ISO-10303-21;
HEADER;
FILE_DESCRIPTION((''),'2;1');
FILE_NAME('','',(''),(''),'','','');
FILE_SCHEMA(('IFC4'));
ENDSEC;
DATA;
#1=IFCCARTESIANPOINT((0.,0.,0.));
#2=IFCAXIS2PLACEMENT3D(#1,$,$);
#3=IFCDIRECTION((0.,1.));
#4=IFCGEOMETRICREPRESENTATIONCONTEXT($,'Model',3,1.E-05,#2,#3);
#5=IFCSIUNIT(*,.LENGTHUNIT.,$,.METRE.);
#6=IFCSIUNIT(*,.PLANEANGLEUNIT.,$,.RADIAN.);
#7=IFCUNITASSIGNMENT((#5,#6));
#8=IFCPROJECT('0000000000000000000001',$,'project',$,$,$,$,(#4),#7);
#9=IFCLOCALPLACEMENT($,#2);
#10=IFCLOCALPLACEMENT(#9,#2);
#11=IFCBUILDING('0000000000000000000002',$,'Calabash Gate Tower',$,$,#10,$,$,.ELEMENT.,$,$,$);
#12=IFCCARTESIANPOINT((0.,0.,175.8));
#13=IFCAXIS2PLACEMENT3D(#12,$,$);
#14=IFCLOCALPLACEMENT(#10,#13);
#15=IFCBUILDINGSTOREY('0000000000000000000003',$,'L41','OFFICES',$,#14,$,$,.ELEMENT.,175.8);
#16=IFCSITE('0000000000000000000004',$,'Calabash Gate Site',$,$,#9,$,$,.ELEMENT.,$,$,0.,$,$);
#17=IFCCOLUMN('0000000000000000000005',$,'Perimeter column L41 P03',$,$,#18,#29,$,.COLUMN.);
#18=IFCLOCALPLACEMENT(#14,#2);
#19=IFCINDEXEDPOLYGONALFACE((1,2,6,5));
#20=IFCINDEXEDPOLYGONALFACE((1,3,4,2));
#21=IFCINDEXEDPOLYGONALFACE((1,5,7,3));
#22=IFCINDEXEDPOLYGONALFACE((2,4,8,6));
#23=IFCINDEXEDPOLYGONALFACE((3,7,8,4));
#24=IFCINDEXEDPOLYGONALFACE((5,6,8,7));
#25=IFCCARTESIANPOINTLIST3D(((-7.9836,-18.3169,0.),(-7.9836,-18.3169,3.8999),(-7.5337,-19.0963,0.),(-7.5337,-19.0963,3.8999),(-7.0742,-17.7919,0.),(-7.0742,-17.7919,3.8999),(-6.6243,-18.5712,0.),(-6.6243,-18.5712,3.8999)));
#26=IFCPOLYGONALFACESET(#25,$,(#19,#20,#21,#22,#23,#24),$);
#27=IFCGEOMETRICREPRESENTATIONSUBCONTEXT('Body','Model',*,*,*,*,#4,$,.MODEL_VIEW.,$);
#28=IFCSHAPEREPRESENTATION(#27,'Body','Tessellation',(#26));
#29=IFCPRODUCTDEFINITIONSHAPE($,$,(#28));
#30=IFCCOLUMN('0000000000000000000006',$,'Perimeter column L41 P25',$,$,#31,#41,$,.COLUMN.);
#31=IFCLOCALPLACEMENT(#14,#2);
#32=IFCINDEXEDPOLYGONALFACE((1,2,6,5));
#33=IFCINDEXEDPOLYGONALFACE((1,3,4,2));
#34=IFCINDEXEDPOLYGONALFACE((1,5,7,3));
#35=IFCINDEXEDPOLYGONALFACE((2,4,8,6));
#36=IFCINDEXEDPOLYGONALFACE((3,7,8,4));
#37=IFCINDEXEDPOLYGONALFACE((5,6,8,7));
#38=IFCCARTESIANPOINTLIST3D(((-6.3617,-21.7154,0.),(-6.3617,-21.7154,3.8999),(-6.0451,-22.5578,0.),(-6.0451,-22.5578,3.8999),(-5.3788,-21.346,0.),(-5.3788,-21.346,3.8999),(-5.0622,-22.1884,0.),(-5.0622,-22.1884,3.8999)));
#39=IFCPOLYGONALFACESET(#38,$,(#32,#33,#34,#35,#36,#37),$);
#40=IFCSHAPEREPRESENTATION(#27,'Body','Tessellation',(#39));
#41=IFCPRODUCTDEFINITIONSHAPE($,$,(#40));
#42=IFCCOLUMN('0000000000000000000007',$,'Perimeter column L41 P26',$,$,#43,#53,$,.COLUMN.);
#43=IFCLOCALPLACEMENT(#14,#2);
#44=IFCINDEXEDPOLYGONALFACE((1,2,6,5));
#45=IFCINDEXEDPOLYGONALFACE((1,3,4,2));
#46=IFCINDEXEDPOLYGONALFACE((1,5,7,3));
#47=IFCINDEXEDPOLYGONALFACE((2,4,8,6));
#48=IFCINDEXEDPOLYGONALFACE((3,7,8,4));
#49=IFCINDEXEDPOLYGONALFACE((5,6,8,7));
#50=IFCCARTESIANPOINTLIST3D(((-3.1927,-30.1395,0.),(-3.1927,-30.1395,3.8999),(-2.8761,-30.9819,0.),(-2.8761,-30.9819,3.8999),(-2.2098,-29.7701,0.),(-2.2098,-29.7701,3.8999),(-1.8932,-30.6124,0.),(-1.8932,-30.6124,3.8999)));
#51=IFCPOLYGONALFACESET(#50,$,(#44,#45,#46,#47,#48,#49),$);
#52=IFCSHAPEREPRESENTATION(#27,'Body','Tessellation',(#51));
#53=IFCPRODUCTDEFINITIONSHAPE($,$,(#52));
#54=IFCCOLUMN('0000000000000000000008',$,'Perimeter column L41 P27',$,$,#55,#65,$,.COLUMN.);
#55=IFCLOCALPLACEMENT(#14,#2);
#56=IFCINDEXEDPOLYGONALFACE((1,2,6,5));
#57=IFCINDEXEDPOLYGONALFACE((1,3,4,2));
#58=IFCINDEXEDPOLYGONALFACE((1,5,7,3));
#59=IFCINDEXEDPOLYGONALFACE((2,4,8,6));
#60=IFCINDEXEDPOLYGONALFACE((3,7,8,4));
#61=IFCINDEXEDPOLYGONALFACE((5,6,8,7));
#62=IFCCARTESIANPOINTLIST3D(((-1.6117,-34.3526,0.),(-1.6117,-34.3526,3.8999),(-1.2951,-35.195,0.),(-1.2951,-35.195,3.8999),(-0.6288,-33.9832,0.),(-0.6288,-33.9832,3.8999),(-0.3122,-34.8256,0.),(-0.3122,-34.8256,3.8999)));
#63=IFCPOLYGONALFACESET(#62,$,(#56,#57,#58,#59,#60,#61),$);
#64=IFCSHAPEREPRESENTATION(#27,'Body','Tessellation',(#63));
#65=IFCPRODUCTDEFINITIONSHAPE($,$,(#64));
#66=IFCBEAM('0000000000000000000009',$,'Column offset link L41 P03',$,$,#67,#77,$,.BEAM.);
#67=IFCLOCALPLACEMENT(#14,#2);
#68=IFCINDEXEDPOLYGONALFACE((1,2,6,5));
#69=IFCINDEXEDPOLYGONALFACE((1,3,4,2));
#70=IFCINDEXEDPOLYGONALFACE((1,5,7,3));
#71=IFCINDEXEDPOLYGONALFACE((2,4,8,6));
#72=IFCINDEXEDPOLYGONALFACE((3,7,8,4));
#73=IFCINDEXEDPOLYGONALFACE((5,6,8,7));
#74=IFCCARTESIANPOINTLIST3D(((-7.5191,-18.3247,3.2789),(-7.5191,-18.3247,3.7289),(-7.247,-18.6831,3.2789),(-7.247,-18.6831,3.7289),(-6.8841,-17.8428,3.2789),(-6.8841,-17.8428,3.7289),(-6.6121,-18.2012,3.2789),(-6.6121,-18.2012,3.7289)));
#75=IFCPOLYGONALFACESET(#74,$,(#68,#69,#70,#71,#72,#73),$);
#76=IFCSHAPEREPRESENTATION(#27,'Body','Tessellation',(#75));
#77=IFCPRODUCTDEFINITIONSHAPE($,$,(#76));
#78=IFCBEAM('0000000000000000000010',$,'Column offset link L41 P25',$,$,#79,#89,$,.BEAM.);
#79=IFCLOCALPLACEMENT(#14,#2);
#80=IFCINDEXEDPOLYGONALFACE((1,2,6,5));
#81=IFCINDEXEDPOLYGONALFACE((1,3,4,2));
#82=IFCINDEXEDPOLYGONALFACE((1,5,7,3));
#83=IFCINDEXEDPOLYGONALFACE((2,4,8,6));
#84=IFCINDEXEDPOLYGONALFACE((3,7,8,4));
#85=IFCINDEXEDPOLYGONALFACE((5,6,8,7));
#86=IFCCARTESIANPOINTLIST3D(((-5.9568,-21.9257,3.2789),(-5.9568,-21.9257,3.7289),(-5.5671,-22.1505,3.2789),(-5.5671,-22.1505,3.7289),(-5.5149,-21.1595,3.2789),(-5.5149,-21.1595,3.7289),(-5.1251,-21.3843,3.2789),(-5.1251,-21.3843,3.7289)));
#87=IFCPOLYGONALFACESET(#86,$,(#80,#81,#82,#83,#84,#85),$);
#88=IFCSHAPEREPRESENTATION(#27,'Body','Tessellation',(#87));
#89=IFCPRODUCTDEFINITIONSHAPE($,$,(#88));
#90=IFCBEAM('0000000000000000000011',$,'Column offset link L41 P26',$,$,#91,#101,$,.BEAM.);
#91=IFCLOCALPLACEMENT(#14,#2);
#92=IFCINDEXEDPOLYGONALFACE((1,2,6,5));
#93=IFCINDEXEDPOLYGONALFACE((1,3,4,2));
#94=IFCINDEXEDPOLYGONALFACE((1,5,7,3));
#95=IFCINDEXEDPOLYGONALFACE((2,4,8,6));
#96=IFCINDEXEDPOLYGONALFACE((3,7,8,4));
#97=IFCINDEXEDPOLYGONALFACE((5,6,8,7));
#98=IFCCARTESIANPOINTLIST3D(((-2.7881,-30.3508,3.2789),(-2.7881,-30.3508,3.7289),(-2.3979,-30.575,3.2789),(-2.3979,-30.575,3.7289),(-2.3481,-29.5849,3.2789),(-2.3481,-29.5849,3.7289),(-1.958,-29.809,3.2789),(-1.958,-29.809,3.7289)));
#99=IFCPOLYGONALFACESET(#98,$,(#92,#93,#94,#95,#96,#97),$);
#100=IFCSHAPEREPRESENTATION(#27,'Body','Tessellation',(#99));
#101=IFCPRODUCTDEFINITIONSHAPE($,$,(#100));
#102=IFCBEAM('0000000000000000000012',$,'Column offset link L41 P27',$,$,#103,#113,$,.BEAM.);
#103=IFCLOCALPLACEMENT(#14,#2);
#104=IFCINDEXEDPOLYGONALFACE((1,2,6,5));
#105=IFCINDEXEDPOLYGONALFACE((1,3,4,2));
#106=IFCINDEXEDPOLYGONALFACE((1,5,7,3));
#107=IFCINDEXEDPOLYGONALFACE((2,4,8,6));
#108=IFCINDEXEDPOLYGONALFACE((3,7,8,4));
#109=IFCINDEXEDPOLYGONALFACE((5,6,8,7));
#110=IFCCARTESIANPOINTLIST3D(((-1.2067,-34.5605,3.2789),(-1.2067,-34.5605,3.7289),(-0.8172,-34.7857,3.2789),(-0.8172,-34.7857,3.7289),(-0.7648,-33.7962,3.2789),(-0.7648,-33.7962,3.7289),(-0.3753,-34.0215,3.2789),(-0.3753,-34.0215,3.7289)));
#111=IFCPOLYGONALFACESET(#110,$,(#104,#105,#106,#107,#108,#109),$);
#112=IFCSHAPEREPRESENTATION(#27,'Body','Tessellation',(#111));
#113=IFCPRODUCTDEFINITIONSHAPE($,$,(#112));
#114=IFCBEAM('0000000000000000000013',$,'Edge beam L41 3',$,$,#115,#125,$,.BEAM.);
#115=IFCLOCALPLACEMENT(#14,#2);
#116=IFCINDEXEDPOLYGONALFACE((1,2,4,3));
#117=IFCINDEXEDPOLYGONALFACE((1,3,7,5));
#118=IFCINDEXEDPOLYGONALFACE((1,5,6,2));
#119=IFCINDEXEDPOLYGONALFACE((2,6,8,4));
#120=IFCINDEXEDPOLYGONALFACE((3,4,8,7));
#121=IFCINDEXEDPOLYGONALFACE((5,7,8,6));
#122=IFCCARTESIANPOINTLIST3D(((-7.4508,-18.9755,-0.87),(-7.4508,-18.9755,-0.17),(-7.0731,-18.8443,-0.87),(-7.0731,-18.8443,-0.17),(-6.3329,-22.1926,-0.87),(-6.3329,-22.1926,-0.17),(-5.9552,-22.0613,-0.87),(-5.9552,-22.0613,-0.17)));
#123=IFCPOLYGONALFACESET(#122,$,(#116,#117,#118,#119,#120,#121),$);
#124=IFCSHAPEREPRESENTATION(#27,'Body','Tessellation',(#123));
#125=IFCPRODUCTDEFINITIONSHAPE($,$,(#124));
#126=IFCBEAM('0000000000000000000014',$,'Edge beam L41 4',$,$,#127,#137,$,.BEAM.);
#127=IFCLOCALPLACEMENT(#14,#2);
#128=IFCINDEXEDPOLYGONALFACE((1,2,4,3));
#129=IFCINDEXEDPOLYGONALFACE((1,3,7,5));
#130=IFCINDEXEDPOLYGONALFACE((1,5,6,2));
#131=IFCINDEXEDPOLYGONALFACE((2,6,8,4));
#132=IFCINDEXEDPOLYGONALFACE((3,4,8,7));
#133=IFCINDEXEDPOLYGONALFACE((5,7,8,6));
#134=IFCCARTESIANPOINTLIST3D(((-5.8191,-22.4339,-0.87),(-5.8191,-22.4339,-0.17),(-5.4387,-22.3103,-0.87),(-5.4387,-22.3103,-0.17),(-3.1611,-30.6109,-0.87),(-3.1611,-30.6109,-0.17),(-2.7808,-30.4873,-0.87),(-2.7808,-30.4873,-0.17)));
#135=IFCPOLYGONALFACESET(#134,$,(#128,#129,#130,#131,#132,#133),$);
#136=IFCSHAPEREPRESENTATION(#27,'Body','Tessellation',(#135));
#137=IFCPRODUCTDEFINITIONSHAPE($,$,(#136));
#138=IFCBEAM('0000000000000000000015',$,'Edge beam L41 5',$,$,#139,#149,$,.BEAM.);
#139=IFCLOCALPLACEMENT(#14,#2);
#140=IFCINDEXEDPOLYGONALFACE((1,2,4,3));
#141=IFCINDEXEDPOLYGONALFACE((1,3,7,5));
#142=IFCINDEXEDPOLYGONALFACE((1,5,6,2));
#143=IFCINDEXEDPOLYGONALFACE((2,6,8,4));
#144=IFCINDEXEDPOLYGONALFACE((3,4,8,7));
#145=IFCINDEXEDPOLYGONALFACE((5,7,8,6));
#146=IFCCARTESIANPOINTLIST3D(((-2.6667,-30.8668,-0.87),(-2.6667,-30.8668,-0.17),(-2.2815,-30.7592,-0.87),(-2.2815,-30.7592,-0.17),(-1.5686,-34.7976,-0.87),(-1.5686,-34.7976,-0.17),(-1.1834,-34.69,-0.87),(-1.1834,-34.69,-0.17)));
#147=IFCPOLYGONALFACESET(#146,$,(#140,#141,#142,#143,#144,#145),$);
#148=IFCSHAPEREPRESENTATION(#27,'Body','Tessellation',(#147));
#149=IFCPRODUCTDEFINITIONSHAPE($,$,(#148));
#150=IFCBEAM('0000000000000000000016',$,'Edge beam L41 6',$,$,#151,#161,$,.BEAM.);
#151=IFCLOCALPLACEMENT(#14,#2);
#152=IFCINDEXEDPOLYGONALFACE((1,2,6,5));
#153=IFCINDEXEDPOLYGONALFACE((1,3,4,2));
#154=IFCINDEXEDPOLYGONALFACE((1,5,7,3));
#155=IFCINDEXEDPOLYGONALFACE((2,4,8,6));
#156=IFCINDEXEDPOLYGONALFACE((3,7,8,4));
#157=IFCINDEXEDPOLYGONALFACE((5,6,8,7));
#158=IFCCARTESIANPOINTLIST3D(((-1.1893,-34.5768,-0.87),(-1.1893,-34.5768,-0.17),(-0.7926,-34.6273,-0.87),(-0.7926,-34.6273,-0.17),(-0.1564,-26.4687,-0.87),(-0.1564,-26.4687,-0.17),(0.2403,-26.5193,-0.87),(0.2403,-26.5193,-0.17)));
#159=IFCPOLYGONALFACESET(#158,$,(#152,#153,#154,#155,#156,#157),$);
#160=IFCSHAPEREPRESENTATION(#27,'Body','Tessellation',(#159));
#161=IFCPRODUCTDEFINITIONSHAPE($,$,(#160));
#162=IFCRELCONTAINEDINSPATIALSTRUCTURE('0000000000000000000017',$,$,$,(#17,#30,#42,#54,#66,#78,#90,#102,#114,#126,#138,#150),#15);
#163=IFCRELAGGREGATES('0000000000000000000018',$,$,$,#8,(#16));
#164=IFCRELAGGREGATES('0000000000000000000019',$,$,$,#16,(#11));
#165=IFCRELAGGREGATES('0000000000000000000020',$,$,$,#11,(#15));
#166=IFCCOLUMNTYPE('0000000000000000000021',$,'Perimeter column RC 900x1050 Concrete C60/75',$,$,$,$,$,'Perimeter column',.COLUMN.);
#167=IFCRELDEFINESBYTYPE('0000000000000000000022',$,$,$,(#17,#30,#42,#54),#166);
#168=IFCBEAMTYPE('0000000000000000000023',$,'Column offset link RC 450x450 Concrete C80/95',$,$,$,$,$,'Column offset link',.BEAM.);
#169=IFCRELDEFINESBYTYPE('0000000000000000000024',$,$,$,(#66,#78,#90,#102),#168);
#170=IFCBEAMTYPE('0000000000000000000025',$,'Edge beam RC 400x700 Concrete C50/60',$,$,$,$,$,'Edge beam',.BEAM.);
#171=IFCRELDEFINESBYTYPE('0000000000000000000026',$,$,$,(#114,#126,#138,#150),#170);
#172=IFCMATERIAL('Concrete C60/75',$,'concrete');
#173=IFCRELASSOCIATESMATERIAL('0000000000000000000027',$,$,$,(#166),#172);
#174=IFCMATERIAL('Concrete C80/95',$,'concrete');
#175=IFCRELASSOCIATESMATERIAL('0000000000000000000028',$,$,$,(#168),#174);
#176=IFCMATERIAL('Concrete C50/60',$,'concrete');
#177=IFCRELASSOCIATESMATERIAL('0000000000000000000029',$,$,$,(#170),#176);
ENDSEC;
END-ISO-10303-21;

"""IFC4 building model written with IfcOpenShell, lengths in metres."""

from ifc_helpers import new_model, si_unit, direction, frame, origin, origin_2d, place, context, subcontext, project, spatial, rectangle, extrude, material, material_profile, profile_set, type_object, element, save


model = new_model("IFC4")

# Units and contexts
model_context = context("Model", 3, precision=1e-05, world=origin(), true_north=direction((0.0, 1.0)))
body_context = subcontext(model_context, "Body", "Model", "MODEL_VIEW")
ifc_project = project(units=[si_unit("LENGTHUNIT", "METRE"), si_unit("PLANEANGLEUNIT", "RADIAN")], contexts=[model_context])

# Site, building, storey
site_placement = place(None, origin())
site = spatial("IfcSite", under=ifc_project, at=site_placement, Name="Calabash Gate Site", CompositionType="ELEMENT", RefElevation=0.0)
building_placement = place(site_placement, origin())
building = spatial("IfcBuilding", under=site, at=building_placement, Name="Calabash Gate Tower", CompositionType="ELEMENT")
storey_placement = place(building_placement, frame((0.0, 0.0, 175.8)))
storey = spatial("IfcBuildingStorey", under=building, at=storey_placement, Name="L41", Description="OFFICES", CompositionType="ELEMENT", Elevation=175.8)

# Columns
ifc_material_1 = material(Name="Concrete C60/75", Category="concrete")
ifc_material_profile_1 = material_profile(ifc_material_1, rectangle(XDim=0.8999, YDim=1.05, at=origin_2d()))
ifc_profile_set_1 = profile_set([ifc_material_profile_1], Name="Concrete C60/75")
column_type = type_object("IfcColumnType", Name="Perimeter column RC 900x1050 Concrete C60/75", ElementType="Perimeter column", PredefinedType="COLUMN", material=ifc_profile_set_1)
for number, where, z_axis, x_axis, name in (
    (1, (-7.304, -18.4441, 0.0), (0.0, 0.0, 1.0), (0.5, -0.866025, 0.0), "Perimeter column L41 P03"),
    (2, (-5.7119, -21.9519, 0.0), (0.0, 0.0, 1.0), (0.351822, -0.936067, 0.0), "Perimeter column L41 P25"),
    (3, (-2.543, -30.376, 0.0), (0.0, 0.0, 1.0), (0.351822, -0.936067, 0.0), "Perimeter column L41 P26"),
    (4, (-0.9619, -34.5891, 0.0), (0.0, 0.0, 1.0), (0.351822, -0.936067, 0.0), "Perimeter column L41 P27"),
):
    element("IfcColumn", number, at=place(storey_placement, frame(where, z_axis=z_axis, x_axis=x_axis)), inside=storey, type_object=column_type, Name=name, PredefinedType="COLUMN", context=body_context, shape_type="SweptSolid", body=[
        extrude(rectangle(XDim=0.8999, YDim=1.05, at=origin_2d()), origin(), (0.0, 0.0, 1.0), 3.8999),
    ])

# Beams
ifc_material_2 = material(Name="Concrete C80/95", Category="concrete")
ifc_material_profile_2 = material_profile(ifc_material_2, rectangle(XDim=0.45, YDim=0.45, at=origin_2d()))
ifc_profile_set_2 = profile_set([ifc_material_profile_2], Name="Concrete C80/95")
beam_type_1 = type_object("IfcBeamType", Name="Column offset link RC 450x450 Concrete C80/95", ElementType="Column offset link", PredefinedType="BEAM", material=ifc_profile_set_2)
beam_1_placement = place(storey_placement, frame((-7.3831, -18.5039, 3.5039), z_axis=(0.796569, 0.604547, 0.0), x_axis=(-0.604547, 0.796569, 0.0)))
element("IfcBeam", 5, at=beam_1_placement, inside=storey, type_object=beam_type_1, Name="Column offset link L41 P03", PredefinedType="BEAM", context=body_context, shape_type="SweptSolid", body=[
    extrude(rectangle(XDim=0.45, YDim=0.45, at=origin_2d()), origin(), (0.0, 0.0, 1.0), 0.7971),
])
beam_2_placement = place(storey_placement, frame((-5.762, -22.0381, 3.5039), z_axis=(0.499643, 0.866232, 0.0), x_axis=(-0.866232, 0.499643, 0.0)))
element("IfcBeam", 6, at=beam_2_placement, inside=storey, type_object=beam_type_1, Name="Column offset link L41 P25", PredefinedType="BEAM", context=body_context, shape_type="SweptSolid", body=[
    extrude(rectangle(XDim=0.45, YDim=0.45, at=origin_2d()), origin(), (0.0, 0.0, 1.0), 0.8845),
])
beam_3_placement = place(storey_placement, frame((-2.593, -30.4629, 3.5039), z_axis=(0.498102, 0.867118, 0.0), x_axis=(-0.867118, 0.498102, 0.0)))
element("IfcBeam", 7, at=beam_3_placement, inside=storey, type_object=beam_type_1, Name="Column offset link L41 P26", PredefinedType="BEAM", context=body_context, shape_type="SweptSolid", body=[
    extrude(rectangle(XDim=0.45, YDim=0.45, at=origin_2d()), origin(), (0.0, 0.0, 1.0), 0.8833),
])
beam_4_placement = place(storey_placement, frame((-1.012, -34.6731, 3.5039), z_axis=(0.5006, 0.865679, 0.0), x_axis=(-0.865679, 0.5006, 0.0)))
element("IfcBeam", 8, at=beam_4_placement, inside=storey, type_object=beam_type_1, Name="Column offset link L41 P27", PredefinedType="BEAM", context=body_context, shape_type="SweptSolid", body=[
    extrude(rectangle(XDim=0.45, YDim=0.45, at=origin_2d()), origin(), (0.0, 0.0, 1.0), 0.8828),
])
ifc_material_3 = material(Name="Concrete C50/60", Category="concrete")
ifc_material_profile_3 = material_profile(ifc_material_3, rectangle(XDim=0.3999, YDim=0.7, at=origin_2d()))
ifc_profile_set_3 = profile_set([ifc_material_profile_3], Name="Concrete C50/60")
beam_type_2 = type_object("IfcBeamType", Name="Edge beam RC 400x700 Concrete C50/60", ElementType="Edge beam", PredefinedType="BEAM", material=ifc_profile_set_3)
beam_5_placement = place(storey_placement, frame((-7.262, -18.9099, -0.52), z_axis=(0.328245, -0.944592, 0.0), x_axis=(0.944592, 0.328245, 0.0)))
element("IfcBeam", 9, at=beam_5_placement, inside=storey, type_object=beam_type_2, Name="Edge beam L41 3", PredefinedType="BEAM", context=body_context, shape_type="SweptSolid", body=[
    extrude(rectangle(XDim=0.3999, YDim=0.7, at=origin_2d()), origin(), (0.0, 0.0, 1.0), 3.4058),
])
beam_6_placement = place(storey_placement, frame((-5.6289, -22.3721, -0.52), z_axis=(0.309132, -0.951019, 0.0), x_axis=(0.951019, 0.309132, 0.0)))
element("IfcBeam", 10, at=beam_6_placement, inside=storey, type_object=beam_type_2, Name="Edge beam L41 4", PredefinedType="BEAM", context=body_context, shape_type="SweptSolid", body=[
    extrude(rectangle(XDim=0.3999, YDim=0.7, at=origin_2d()), origin(), (0.0, 0.0, 1.0), 8.5981),
])
beam_7_placement = place(storey_placement, frame((-2.4741, -30.813, -0.52), z_axis=(0.26906, -0.963124, 0.0), x_axis=(0.963124, 0.26906, 0.0)))
element("IfcBeam", 11, at=beam_7_placement, inside=storey, type_object=beam_type_2, Name="Edge beam L41 5", PredefinedType="BEAM", context=body_context, shape_type="SweptSolid", body=[
    extrude(rectangle(XDim=0.3999, YDim=0.7, at=origin_2d()), origin(), (0.0, 0.0, 1.0), 4.0813),
])
beam_8_placement = place(storey_placement, frame((-0.991, -34.6021, -0.52), z_axis=(0.126376, 0.991982, 0.0), x_axis=(-0.991982, 0.126376, 0.0)))
element("IfcBeam", 12, at=beam_8_placement, inside=storey, type_object=beam_type_2, Name="Edge beam L41 6", PredefinedType="BEAM", context=body_context, shape_type="SweptSolid", body=[
    extrude(rectangle(XDim=0.3999, YDim=0.7, at=origin_2d()), origin(), (0.0, 0.0, 1.0), 8.1736),
])

save(model, "model.ifc")
